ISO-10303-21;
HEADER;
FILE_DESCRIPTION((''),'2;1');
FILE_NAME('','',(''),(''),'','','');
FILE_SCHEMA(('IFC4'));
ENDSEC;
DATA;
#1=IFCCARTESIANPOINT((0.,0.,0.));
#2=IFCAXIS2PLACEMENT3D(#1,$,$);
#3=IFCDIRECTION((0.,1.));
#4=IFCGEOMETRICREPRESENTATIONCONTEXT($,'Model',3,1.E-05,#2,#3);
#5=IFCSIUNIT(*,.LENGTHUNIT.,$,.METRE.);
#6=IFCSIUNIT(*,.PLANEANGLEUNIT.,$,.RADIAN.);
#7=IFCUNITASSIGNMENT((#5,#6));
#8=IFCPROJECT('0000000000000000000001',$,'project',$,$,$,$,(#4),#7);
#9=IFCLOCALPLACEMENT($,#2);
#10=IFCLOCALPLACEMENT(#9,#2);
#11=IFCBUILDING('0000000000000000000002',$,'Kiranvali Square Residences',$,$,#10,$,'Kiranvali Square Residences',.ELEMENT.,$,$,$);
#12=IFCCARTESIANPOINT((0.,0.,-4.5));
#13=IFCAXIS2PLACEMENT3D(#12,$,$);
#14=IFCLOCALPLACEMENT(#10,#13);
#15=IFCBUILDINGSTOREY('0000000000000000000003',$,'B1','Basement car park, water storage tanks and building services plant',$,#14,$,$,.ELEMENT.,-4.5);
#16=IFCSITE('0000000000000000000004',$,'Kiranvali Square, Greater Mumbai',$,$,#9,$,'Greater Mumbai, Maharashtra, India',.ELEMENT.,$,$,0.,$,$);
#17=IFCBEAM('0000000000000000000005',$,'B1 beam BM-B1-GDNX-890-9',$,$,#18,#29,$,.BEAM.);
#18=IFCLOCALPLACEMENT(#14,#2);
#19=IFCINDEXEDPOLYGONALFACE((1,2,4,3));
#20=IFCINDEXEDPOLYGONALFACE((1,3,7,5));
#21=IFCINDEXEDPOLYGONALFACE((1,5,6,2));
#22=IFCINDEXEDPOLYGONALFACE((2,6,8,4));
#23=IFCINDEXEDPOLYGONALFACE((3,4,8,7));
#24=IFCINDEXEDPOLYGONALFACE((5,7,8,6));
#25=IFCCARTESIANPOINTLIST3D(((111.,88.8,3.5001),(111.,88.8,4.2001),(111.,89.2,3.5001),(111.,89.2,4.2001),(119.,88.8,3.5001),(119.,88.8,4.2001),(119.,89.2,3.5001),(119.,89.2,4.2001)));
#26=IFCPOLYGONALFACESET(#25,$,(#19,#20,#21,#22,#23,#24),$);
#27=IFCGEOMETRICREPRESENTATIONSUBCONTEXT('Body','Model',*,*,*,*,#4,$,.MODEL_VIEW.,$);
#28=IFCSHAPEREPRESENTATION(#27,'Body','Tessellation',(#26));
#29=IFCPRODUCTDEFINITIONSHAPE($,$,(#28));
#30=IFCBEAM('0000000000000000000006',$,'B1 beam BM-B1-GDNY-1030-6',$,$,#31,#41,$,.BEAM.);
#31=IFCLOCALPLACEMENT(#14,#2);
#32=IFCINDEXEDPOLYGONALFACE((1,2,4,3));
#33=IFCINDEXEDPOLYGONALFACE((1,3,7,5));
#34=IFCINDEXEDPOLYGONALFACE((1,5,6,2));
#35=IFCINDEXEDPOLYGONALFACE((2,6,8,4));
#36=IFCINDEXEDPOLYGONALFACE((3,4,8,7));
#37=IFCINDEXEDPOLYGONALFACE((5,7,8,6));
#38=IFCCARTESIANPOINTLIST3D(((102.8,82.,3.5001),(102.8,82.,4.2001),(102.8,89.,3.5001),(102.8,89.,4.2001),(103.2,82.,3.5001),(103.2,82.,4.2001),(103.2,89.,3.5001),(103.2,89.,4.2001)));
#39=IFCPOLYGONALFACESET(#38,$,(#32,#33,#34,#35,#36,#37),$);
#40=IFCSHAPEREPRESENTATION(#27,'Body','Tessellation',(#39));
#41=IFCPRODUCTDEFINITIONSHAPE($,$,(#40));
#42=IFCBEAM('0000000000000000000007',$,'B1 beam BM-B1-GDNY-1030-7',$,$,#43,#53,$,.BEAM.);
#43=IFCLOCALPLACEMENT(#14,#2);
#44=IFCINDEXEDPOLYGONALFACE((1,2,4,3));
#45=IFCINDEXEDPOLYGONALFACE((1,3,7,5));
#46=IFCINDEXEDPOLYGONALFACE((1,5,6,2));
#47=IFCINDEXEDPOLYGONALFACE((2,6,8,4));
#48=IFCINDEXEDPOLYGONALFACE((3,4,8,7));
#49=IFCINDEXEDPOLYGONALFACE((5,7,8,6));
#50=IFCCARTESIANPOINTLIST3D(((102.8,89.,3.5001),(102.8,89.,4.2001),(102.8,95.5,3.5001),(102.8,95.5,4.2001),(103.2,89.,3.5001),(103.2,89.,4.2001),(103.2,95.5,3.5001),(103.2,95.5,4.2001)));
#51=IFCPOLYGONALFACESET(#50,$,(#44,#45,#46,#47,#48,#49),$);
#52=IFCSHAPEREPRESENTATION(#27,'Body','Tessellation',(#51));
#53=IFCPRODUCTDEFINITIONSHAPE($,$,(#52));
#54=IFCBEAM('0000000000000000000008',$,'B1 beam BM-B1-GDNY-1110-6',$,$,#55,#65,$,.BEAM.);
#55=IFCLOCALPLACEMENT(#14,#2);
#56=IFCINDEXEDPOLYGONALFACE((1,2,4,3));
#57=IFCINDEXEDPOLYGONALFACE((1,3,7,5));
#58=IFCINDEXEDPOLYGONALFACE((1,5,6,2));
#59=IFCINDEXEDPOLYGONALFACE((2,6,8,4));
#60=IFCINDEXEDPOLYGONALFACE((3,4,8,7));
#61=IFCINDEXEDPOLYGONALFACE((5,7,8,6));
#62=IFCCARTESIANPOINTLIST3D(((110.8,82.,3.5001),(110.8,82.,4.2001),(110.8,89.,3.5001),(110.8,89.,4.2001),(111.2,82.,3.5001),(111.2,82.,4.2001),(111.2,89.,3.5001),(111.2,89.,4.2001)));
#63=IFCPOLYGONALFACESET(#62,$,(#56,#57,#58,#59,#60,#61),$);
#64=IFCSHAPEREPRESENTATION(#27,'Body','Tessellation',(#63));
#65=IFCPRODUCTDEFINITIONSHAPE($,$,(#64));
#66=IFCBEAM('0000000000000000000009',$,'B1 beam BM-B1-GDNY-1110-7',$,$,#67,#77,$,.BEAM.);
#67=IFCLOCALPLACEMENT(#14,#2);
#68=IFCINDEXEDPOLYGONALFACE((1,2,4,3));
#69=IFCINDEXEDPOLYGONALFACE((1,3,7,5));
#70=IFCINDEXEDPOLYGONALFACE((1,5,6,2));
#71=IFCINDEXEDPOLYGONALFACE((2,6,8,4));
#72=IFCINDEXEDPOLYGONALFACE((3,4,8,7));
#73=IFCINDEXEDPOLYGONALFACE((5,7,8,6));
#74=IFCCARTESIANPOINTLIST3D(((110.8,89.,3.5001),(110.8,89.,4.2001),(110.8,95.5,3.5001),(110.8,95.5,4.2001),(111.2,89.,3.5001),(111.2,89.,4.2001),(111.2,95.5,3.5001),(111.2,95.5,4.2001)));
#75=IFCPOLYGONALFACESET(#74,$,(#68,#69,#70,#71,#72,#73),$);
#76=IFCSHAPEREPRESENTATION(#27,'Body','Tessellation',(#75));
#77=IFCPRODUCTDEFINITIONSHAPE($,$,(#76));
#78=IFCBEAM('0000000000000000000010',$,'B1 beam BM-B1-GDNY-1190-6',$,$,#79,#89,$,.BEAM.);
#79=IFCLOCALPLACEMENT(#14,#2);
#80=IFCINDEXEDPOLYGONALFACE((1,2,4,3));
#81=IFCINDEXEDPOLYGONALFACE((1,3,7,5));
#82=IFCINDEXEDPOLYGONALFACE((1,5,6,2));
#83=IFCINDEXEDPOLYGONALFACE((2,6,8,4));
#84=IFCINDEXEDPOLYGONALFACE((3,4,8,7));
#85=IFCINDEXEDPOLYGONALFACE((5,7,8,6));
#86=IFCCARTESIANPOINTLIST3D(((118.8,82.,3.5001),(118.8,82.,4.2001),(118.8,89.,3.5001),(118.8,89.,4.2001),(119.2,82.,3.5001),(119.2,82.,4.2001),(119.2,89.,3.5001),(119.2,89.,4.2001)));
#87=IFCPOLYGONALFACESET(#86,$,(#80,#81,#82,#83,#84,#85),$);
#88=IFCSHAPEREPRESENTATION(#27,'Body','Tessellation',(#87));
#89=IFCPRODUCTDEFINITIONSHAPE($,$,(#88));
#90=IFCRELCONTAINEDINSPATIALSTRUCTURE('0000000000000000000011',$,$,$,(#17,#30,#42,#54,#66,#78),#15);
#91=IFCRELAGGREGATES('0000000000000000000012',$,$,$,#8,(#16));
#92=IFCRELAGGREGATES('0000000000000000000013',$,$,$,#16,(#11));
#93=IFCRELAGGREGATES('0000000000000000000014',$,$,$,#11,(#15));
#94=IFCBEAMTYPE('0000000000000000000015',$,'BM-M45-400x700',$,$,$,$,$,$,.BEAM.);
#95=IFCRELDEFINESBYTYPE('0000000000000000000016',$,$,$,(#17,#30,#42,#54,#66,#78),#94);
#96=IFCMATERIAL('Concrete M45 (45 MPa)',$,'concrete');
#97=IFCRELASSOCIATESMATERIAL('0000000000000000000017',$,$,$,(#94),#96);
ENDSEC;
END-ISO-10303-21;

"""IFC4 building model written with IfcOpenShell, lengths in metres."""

from ifc_helpers import new_model, si_unit, direction, frame, origin, origin_2d, place, context, subcontext, project, spatial, rectangle, extrude, material, material_profile, profile_set, type_object, element, save


model = new_model("IFC4")

# Units and contexts
model_context = context("Model", 3, precision=1e-05, world=origin(), true_north=direction((0.0, 1.0)))
body_context = subcontext(model_context, "Body", "Model", "MODEL_VIEW")
ifc_project = project(units=[si_unit("LENGTHUNIT", "METRE"), si_unit("PLANEANGLEUNIT", "RADIAN")], contexts=[model_context])

# Site, building, storey
site_placement = place(None, origin())
site = spatial("IfcSite", under=ifc_project, at=site_placement, Name="Kiranvali Square, Greater Mumbai", LongName="Greater Mumbai, Maharashtra, India", CompositionType="ELEMENT", RefElevation=0.0)
building_placement = place(site_placement, origin())
building = spatial("IfcBuilding", under=site, at=building_placement, Name="Kiranvali Square Residences", LongName="Kiranvali Square Residences", CompositionType="ELEMENT")
storey_placement = place(building_placement, frame((0.0, 0.0, -4.5)))
storey = spatial("IfcBuildingStorey", under=building, at=storey_placement, Name="B1", Description="Basement car park, water storage tanks and building services plant", CompositionType="ELEMENT", Elevation=-4.5)

# Shared definitions
ifc_material_1 = material(Name="Concrete M45 (45 MPa)", Category="concrete")

# Beams
ifc_material_profile_1 = material_profile(ifc_material_1, rectangle(XDim=0.3999, YDim=0.7, at=origin_2d()), Name="RC 400x700")
ifc_profile_set_1 = profile_set([ifc_material_profile_1], Name="Concrete M45 (45 MPa)")
beam_type = type_object("IfcBeamType", Name="BM-M45-400x700", PredefinedType="BEAM", material=ifc_profile_set_1)
for number, where, z_axis, x_axis, name in (
    (1, (111.0, 89.0, 3.8501), (1.0, 0.0, 0.0), (0.0, 1.0, 0.0), "B1 beam BM-B1-GDNX-890-9"),
):
    element("IfcBeam", number, at=place(storey_placement, frame(where, z_axis=z_axis, x_axis=x_axis)), inside=storey, type_object=beam_type, Name=name, PredefinedType="BEAM", context=body_context, shape_type="SweptSolid", body=[
        extrude(rectangle(XDim=0.3999, YDim=0.7, at=origin_2d()), origin(), (0.0, 0.0, 1.0), 8.0),
    ])
beam_1_placement = place(storey_placement, frame((103.0, 82.0, 3.8501), z_axis=(0.0, 1.0, 0.0), x_axis=(-1.0, 0.0, 0.0)))
element("IfcBeam", 2, at=beam_1_placement, inside=storey, type_object=beam_type, Name="B1 beam BM-B1-GDNY-1030-6", PredefinedType="BEAM", context=body_context, shape_type="SweptSolid", body=[
    extrude(rectangle(XDim=0.3999, YDim=0.7, at=origin_2d()), origin(), (0.0, 0.0, 1.0), 7.0),
])
beam_2_placement = place(storey_placement, frame((103.0, 89.0, 3.8501), z_axis=(0.0, 1.0, 0.0), x_axis=(-1.0, 0.0, 0.0)))
element("IfcBeam", 3, at=beam_2_placement, inside=storey, type_object=beam_type, Name="B1 beam BM-B1-GDNY-1030-7", PredefinedType="BEAM", context=body_context, shape_type="SweptSolid", body=[
    extrude(rectangle(XDim=0.3999, YDim=0.7, at=origin_2d()), origin(), (0.0, 0.0, 1.0), 6.5),
])
beam_3_placement = place(storey_placement, frame((111.0, 82.0, 3.8501), z_axis=(0.0, 1.0, 0.0), x_axis=(-1.0, 0.0, 0.0)))
element("IfcBeam", 4, at=beam_3_placement, inside=storey, type_object=beam_type, Name="B1 beam BM-B1-GDNY-1110-6", PredefinedType="BEAM", context=body_context, shape_type="SweptSolid", body=[
    extrude(rectangle(XDim=0.3999, YDim=0.7, at=origin_2d()), origin(), (0.0, 0.0, 1.0), 7.0),
])
beam_4_placement = place(storey_placement, frame((111.0, 89.0, 3.8501), z_axis=(0.0, 1.0, 0.0), x_axis=(-1.0, 0.0, 0.0)))
element("IfcBeam", 5, at=beam_4_placement, inside=storey, type_object=beam_type, Name="B1 beam BM-B1-GDNY-1110-7", PredefinedType="BEAM", context=body_context, shape_type="SweptSolid", body=[
    extrude(rectangle(XDim=0.3999, YDim=0.7, at=origin_2d()), origin(), (0.0, 0.0, 1.0), 6.5),
])
beam_5_placement = place(storey_placement, frame((119.0, 82.0, 3.8501), z_axis=(0.0, 1.0, 0.0), x_axis=(-1.0, 0.0, 0.0)))
element("IfcBeam", 6, at=beam_5_placement, inside=storey, type_object=beam_type, Name="B1 beam BM-B1-GDNY-1190-6", PredefinedType="BEAM", context=body_context, shape_type="SweptSolid", body=[
    extrude(rectangle(XDim=0.3999, YDim=0.7, at=origin_2d()), origin(), (0.0, 0.0, 1.0), 7.0),
])

save(model, "model.ifc")
